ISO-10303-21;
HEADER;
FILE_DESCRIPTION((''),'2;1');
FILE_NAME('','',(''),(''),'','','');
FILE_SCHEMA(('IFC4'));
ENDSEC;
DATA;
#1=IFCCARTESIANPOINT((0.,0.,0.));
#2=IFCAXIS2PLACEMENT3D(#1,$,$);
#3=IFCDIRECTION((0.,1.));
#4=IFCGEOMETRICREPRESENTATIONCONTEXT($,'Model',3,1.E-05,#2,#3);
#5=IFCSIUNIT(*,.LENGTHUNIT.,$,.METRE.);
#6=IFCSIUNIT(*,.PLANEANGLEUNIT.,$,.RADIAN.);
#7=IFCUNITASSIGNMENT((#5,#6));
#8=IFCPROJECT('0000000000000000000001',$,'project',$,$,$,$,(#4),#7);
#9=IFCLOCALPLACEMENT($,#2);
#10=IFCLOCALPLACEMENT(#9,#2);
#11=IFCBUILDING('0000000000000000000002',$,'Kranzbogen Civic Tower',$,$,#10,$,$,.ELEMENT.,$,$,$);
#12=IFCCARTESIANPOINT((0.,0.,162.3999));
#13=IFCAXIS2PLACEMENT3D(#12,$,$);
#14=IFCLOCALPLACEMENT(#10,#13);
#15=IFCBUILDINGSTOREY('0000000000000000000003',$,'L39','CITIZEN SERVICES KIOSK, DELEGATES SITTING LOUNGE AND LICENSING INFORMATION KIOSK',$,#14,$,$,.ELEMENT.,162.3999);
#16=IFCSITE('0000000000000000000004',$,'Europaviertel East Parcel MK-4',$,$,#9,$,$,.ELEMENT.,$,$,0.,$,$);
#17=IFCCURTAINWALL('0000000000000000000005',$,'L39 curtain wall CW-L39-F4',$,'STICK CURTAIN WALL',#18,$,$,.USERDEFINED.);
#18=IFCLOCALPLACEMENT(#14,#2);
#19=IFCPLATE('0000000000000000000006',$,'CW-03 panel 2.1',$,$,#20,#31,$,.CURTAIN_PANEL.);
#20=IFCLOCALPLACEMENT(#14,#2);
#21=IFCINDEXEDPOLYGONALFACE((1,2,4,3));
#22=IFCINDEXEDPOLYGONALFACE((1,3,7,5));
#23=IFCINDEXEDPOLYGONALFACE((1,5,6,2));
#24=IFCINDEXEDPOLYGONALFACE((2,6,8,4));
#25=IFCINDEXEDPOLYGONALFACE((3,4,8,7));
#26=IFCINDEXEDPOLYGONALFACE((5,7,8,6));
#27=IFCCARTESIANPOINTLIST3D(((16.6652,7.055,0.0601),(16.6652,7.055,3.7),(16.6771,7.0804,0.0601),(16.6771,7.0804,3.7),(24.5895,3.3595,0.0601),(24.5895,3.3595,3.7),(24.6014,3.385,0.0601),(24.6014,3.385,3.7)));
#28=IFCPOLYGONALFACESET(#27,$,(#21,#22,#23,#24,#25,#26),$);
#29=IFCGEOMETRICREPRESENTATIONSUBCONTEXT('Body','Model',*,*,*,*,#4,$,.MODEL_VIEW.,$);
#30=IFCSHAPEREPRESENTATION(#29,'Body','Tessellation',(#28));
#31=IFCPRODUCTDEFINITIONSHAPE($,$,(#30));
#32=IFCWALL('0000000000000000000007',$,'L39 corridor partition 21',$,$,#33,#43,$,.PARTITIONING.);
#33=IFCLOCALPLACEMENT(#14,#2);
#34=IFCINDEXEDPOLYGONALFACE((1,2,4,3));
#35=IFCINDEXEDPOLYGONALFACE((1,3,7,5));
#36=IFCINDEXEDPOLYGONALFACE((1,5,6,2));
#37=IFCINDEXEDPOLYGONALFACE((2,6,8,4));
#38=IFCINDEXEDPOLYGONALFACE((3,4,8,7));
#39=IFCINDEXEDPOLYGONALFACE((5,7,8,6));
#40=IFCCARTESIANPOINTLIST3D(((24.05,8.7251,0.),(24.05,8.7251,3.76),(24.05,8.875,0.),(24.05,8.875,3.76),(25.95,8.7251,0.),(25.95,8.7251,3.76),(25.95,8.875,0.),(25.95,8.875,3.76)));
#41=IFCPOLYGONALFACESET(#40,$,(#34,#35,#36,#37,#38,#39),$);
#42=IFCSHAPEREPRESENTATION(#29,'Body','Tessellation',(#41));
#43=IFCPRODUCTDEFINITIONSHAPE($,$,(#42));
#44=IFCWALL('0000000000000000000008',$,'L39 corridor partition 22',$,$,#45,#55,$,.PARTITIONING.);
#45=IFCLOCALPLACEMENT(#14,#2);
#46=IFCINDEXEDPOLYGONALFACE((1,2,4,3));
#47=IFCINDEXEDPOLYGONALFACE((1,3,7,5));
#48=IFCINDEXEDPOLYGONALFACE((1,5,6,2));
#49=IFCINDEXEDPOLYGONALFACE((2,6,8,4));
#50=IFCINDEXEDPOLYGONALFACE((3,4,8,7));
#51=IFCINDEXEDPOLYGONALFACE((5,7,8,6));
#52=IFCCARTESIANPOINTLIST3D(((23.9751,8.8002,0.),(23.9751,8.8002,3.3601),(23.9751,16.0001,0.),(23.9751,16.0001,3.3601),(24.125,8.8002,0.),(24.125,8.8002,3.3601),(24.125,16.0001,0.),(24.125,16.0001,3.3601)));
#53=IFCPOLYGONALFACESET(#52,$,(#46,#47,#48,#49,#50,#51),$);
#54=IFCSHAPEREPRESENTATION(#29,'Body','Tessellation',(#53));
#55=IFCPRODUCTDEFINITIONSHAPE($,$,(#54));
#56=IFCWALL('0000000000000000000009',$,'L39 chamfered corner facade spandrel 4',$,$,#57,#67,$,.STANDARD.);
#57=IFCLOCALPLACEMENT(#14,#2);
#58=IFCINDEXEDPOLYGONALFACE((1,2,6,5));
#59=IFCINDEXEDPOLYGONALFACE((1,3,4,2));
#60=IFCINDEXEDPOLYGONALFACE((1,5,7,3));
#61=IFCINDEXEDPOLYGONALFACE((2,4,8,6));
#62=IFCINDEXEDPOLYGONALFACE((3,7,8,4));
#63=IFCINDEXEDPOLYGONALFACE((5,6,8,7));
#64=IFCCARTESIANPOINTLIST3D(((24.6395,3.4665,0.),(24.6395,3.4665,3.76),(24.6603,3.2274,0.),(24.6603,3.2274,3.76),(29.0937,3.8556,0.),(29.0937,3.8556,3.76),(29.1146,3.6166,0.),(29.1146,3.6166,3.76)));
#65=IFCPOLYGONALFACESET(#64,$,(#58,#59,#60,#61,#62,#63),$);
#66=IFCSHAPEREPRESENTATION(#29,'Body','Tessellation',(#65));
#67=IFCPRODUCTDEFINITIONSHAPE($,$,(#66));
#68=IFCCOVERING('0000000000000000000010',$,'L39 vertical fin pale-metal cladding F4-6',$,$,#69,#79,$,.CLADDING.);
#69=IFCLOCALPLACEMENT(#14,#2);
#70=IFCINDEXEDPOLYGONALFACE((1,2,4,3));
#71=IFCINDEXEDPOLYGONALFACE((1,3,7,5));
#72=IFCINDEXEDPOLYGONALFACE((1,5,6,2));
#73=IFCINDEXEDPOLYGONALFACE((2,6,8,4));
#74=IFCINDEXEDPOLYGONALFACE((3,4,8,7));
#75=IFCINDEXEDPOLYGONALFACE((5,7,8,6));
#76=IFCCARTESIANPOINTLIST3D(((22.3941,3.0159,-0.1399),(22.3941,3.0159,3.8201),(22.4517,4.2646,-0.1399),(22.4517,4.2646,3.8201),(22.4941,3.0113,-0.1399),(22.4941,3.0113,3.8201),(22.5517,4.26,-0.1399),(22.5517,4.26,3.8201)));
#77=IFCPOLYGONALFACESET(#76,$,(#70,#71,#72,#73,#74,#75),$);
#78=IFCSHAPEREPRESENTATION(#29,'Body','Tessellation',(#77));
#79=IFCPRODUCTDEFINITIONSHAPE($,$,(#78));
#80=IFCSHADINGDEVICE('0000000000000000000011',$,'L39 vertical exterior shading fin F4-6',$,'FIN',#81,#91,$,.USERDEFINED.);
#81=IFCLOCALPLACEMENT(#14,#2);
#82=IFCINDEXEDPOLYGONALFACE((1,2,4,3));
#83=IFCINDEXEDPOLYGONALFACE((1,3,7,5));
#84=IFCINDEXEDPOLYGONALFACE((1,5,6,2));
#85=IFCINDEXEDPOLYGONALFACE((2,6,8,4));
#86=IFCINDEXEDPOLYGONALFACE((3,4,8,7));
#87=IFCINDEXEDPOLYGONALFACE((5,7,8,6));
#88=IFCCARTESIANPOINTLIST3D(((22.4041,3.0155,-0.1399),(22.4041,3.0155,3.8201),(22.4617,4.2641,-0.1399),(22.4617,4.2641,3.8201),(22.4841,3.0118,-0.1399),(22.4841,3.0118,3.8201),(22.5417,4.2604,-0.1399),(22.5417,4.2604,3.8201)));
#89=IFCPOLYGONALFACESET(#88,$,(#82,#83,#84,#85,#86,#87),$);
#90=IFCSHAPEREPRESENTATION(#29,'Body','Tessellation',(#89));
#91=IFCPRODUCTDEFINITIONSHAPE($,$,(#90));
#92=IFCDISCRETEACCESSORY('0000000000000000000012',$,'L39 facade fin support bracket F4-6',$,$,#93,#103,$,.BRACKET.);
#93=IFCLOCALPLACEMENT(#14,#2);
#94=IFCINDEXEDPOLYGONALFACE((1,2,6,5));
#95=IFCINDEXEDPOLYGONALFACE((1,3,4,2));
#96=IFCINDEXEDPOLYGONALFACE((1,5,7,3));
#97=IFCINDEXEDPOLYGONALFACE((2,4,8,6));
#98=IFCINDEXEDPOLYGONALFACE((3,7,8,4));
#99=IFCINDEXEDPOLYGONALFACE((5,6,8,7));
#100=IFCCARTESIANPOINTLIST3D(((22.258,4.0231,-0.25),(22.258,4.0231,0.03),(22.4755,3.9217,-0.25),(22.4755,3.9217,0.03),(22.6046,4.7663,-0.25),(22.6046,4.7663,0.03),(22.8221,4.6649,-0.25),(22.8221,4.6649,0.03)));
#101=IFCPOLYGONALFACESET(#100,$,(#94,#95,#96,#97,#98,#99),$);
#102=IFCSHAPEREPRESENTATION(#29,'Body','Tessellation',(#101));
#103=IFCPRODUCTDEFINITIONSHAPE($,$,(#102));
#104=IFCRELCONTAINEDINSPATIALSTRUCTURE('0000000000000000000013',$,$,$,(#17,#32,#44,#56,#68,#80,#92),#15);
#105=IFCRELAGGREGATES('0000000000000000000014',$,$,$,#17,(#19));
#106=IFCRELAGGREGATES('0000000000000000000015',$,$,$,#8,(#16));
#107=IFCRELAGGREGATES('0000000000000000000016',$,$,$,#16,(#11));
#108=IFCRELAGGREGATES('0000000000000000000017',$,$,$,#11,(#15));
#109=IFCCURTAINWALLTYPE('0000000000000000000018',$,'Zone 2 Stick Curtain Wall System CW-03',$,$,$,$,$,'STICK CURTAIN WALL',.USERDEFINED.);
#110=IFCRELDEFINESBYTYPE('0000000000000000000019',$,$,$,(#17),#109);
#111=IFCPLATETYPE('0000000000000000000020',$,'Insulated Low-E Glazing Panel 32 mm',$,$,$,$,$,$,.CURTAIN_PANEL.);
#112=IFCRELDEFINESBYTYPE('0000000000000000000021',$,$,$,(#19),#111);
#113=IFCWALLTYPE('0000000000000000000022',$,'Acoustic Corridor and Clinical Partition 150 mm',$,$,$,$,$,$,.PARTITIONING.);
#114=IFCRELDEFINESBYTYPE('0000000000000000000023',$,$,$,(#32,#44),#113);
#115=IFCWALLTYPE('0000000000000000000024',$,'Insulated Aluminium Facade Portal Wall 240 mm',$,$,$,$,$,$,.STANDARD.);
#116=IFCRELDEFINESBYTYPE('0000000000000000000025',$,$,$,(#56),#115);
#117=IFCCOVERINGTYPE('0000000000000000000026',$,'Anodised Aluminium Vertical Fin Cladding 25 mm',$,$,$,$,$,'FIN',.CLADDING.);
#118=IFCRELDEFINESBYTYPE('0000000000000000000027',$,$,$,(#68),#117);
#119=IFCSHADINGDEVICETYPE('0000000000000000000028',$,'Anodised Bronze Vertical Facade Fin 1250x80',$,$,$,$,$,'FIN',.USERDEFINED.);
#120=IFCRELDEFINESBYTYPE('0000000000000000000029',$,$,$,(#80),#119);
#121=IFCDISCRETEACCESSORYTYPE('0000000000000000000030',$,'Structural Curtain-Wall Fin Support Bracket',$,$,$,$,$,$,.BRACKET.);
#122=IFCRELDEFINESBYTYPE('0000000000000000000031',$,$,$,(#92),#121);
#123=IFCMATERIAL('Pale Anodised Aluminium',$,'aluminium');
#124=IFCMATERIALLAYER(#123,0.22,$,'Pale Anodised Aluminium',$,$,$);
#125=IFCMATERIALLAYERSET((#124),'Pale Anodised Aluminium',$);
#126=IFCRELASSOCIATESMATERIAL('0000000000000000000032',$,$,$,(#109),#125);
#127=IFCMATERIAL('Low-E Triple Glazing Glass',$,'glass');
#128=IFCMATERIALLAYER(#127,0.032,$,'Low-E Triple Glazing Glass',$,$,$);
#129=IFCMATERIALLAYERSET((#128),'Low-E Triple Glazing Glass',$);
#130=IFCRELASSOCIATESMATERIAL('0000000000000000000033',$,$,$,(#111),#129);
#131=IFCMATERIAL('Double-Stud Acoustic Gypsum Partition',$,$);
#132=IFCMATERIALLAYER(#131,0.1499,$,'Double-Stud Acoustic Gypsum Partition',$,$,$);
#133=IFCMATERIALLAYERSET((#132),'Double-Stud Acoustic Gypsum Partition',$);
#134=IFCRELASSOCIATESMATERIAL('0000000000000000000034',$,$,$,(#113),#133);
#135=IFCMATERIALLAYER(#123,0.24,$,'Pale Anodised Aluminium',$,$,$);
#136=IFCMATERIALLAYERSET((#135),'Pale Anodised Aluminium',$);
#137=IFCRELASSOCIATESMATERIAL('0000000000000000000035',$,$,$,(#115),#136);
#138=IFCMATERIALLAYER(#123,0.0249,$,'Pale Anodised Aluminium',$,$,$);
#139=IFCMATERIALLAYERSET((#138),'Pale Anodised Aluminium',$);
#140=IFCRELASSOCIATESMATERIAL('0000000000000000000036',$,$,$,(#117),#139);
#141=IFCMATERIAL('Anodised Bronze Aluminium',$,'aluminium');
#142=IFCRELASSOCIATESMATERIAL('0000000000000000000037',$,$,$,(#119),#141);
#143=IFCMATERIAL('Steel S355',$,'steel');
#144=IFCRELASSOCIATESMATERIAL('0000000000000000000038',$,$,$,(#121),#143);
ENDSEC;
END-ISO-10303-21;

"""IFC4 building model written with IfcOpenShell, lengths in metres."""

from ifc_helpers import new_model, si_unit, direction, frame, frame_2d, origin, origin_2d, place, context, subcontext, project, spatial, rectangle, extrude, material, layer, layer_set, type_object, element, aggregate, save


model = new_model("IFC4")

# Units and contexts
model_context = context("Model", 3, precision=1e-05, world=origin(), true_north=direction((0.0, 1.0)))
body_context = subcontext(model_context, "Body", "Model", "MODEL_VIEW")
ifc_project = project(units=[si_unit("LENGTHUNIT", "METRE"), si_unit("PLANEANGLEUNIT", "RADIAN")], contexts=[model_context])

# Site, building, storey
site_placement = place(None, origin())
site = spatial("IfcSite", under=ifc_project, at=site_placement, Name="Europaviertel East Parcel MK-4", CompositionType="ELEMENT", RefElevation=0.0)
building_placement = place(site_placement, origin())
building = spatial("IfcBuilding", under=site, at=building_placement, Name="Kranzbogen Civic Tower", CompositionType="ELEMENT")
storey_placement = place(building_placement, frame((0.0, 0.0, 162.3999)))
storey = spatial("IfcBuildingStorey", under=building, at=storey_placement, Name="L39", Description="CITIZEN SERVICES KIOSK, DELEGATES SITTING LOUNGE AND LICENSING INFORMATION KIOSK", CompositionType="ELEMENT", Elevation=162.3999)

# Shared definitions
ifc_material_1 = material(Name="Steel S355", Category="steel")

# Curtain wall
ifc_material_2 = material(Name="Pale Anodised Aluminium", Category="aluminium")
ifc_layer_1 = layer(ifc_material_2, 0.22, Name="Pale Anodised Aluminium")
ifc_layer_set_1 = layer_set([ifc_layer_1], Name="Pale Anodised Aluminium")
curtain_wall_type = type_object("IfcCurtainWallType", Name="Zone 2 Stick Curtain Wall System CW-03", ElementType="STICK CURTAIN WALL", PredefinedType="USERDEFINED", material=ifc_layer_set_1)
curtain_wall_1_placement = place(storey_placement, origin())
curtain_wall_1 = element("IfcCurtainWall", 1, at=curtain_wall_1_placement, inside=storey, type_object=curtain_wall_type, Name="L39 curtain wall CW-L39-F4", ObjectType="STICK CURTAIN WALL", PredefinedType="USERDEFINED")

# Plate
ifc_material_3 = material(Name="Low-E Triple Glazing Glass", Category="glass")
ifc_layer_2 = layer(ifc_material_3, 0.032, Name="Low-E Triple Glazing Glass")
ifc_layer_set_2 = layer_set([ifc_layer_2], Name="Low-E Triple Glazing Glass")
plate_type = type_object("IfcPlateType", Name="Insulated Low-E Glazing Panel 32 mm", PredefinedType="CURTAIN_PANEL", material=ifc_layer_set_2)
plate_placement = place(storey_placement, frame((20.6333, 5.22, 0.0601), z_axis=(0.0, 0.0, 1.0), x_axis=(0.906297, -0.422641, 0.0)))
plate = element("IfcPlate", 2, at=plate_placement, type_object=plate_type, Name="CW-03 panel 2.1", PredefinedType="CURTAIN_PANEL", context=body_context, shape_type="SweptSolid", body=[
    extrude(rectangle(XDim=8.7437, YDim=0.0281, at=origin_2d()), origin(), (0.0, 0.0, 1.0), 3.6399),
])
aggregate(curtain_wall_1, [plate])

# Walls
ifc_material_4 = material(Name="Double-Stud Acoustic Gypsum Partition")
ifc_layer_3 = layer(ifc_material_4, 0.1499, Name="Double-Stud Acoustic Gypsum Partition")
ifc_layer_set_3 = layer_set([ifc_layer_3], Name="Double-Stud Acoustic Gypsum Partition")
wall_type_1 = type_object("IfcWallType", Name="Acoustic Corridor and Clinical Partition 150 mm", PredefinedType="PARTITIONING", material=ifc_layer_set_3)
wall_1_placement = place(storey_placement, frame((25.95, 8.8, 0.0), z_axis=(0.0, 0.0, 1.0), x_axis=(-1.0, 0.0, 0.0)))
element("IfcWall", 3, at=wall_1_placement, inside=storey, type_object=wall_type_1, Name="L39 corridor partition 21", PredefinedType="PARTITIONING", context=body_context, shape_type="SweptSolid", body=[
    extrude(rectangle(XDim=1.8999, YDim=0.1499, at=frame_2d((0.95, 0.0))), origin(), (0.0, 0.0, 1.0), 3.76),
])
wall_2_placement = place(storey_placement, frame((24.05, 8.8, 0.0), z_axis=(0.0, 0.0, 1.0), x_axis=(0.0, 1.0, 0.0)))
element("IfcWall", 4, at=wall_2_placement, inside=storey, type_object=wall_type_1, Name="L39 corridor partition 22", PredefinedType="PARTITIONING", context=body_context, shape_type="SweptSolid", body=[
    extrude(rectangle(XDim=7.2, YDim=0.1499, at=frame_2d((3.6001, 0.0))), origin(), (0.0, 0.0, 1.0), 3.3601),
])
ifc_layer_4 = layer(ifc_material_2, 0.24, Name="Pale Anodised Aluminium")
ifc_layer_set_4 = layer_set([ifc_layer_4], Name="Pale Anodised Aluminium")
wall_type_2 = type_object("IfcWallType", Name="Insulated Aluminium Facade Portal Wall 240 mm", PredefinedType="STANDARD", material=ifc_layer_set_4)
wall_3_placement = place(storey_placement, frame((24.6499, 3.3469, 0.0), z_axis=(0.0, 0.0, 1.0), x_axis=(0.996205, 0.08704, 0.0)))
element("IfcWall", 5, at=wall_3_placement, inside=storey, type_object=wall_type_2, Name="L39 chamfered corner facade spandrel 4", PredefinedType="STANDARD", context=body_context, shape_type="SweptSolid", body=[
    extrude(rectangle(XDim=4.4712, YDim=0.24, at=frame_2d((2.2356, 0.0))), origin(), (0.0, 0.0, 1.0), 3.76),
])

# Covering
ifc_layer_5 = layer(ifc_material_2, 0.0249, Name="Pale Anodised Aluminium")
ifc_layer_set_5 = layer_set([ifc_layer_5], Name="Pale Anodised Aluminium")
covering_type = type_object("IfcCoveringType", Name="Anodised Aluminium Vertical Fin Cladding 25 mm", ElementType="FIN", PredefinedType="CLADDING", material=ifc_layer_set_5)
covering_placement = place(storey_placement, frame((22.4729, 3.6379, -0.1399), z_axis=(0.0, 0.0, 1.0), x_axis=(-0.04613, -0.998935, 0.0)))
element("IfcCovering", 6, at=covering_placement, inside=storey, type_object=covering_type, Name="L39 vertical fin pale-metal cladding F4-6", PredefinedType="CLADDING", context=body_context, shape_type="SweptSolid", body=[
    extrude(rectangle(XDim=1.25, YDim=0.1001, at=origin_2d()), origin(), (0.0, 0.0, 1.0), 3.96),
])

# Shading device
ifc_material_5 = material(Name="Anodised Bronze Aluminium", Category="aluminium")
shading_device_type = type_object("IfcShadingDeviceType", Name="Anodised Bronze Vertical Facade Fin 1250x80", ElementType="FIN", PredefinedType="USERDEFINED", material=ifc_material_5)
shading_device_placement = place(storey_placement, frame((22.4729, 3.6379, -0.1399), z_axis=(0.0, 0.0, 1.0), x_axis=(-0.04613, -0.998935, 0.0)))
element("IfcShadingDevice", 7, at=shading_device_placement, inside=storey, type_object=shading_device_type, Name="L39 vertical exterior shading fin F4-6", ObjectType="FIN", PredefinedType="USERDEFINED", context=body_context, shape_type="SweptSolid", body=[
    extrude(rectangle(XDim=1.25, YDim=0.0801, at=origin_2d()), origin(), (0.0, 0.0, 1.0), 3.96),
])

# Discrete accessory
discrete_accessory_type = type_object("IfcDiscreteAccessoryType", Name="Structural Curtain-Wall Fin Support Bracket", PredefinedType="BRACKET", material=ifc_material_1)
discrete_accessory_placement = place(storey_placement, frame((22.54, 4.344, -0.25), z_axis=(0.0, 0.0, 1.0), x_axis=(-0.422618, -0.906308, 0.0)))
element("IfcDiscreteAccessory", 8, at=discrete_accessory_placement, inside=storey, type_object=discrete_accessory_type, Name="L39 facade fin support bracket F4-6", PredefinedType="BRACKET", context=body_context, shape_type="SweptSolid", body=[
    extrude(rectangle(XDim=0.8201, YDim=0.24, at=origin_2d()), origin(), (0.0, 0.0, 1.0), 0.28),
])

save(model, "model.ifc")
